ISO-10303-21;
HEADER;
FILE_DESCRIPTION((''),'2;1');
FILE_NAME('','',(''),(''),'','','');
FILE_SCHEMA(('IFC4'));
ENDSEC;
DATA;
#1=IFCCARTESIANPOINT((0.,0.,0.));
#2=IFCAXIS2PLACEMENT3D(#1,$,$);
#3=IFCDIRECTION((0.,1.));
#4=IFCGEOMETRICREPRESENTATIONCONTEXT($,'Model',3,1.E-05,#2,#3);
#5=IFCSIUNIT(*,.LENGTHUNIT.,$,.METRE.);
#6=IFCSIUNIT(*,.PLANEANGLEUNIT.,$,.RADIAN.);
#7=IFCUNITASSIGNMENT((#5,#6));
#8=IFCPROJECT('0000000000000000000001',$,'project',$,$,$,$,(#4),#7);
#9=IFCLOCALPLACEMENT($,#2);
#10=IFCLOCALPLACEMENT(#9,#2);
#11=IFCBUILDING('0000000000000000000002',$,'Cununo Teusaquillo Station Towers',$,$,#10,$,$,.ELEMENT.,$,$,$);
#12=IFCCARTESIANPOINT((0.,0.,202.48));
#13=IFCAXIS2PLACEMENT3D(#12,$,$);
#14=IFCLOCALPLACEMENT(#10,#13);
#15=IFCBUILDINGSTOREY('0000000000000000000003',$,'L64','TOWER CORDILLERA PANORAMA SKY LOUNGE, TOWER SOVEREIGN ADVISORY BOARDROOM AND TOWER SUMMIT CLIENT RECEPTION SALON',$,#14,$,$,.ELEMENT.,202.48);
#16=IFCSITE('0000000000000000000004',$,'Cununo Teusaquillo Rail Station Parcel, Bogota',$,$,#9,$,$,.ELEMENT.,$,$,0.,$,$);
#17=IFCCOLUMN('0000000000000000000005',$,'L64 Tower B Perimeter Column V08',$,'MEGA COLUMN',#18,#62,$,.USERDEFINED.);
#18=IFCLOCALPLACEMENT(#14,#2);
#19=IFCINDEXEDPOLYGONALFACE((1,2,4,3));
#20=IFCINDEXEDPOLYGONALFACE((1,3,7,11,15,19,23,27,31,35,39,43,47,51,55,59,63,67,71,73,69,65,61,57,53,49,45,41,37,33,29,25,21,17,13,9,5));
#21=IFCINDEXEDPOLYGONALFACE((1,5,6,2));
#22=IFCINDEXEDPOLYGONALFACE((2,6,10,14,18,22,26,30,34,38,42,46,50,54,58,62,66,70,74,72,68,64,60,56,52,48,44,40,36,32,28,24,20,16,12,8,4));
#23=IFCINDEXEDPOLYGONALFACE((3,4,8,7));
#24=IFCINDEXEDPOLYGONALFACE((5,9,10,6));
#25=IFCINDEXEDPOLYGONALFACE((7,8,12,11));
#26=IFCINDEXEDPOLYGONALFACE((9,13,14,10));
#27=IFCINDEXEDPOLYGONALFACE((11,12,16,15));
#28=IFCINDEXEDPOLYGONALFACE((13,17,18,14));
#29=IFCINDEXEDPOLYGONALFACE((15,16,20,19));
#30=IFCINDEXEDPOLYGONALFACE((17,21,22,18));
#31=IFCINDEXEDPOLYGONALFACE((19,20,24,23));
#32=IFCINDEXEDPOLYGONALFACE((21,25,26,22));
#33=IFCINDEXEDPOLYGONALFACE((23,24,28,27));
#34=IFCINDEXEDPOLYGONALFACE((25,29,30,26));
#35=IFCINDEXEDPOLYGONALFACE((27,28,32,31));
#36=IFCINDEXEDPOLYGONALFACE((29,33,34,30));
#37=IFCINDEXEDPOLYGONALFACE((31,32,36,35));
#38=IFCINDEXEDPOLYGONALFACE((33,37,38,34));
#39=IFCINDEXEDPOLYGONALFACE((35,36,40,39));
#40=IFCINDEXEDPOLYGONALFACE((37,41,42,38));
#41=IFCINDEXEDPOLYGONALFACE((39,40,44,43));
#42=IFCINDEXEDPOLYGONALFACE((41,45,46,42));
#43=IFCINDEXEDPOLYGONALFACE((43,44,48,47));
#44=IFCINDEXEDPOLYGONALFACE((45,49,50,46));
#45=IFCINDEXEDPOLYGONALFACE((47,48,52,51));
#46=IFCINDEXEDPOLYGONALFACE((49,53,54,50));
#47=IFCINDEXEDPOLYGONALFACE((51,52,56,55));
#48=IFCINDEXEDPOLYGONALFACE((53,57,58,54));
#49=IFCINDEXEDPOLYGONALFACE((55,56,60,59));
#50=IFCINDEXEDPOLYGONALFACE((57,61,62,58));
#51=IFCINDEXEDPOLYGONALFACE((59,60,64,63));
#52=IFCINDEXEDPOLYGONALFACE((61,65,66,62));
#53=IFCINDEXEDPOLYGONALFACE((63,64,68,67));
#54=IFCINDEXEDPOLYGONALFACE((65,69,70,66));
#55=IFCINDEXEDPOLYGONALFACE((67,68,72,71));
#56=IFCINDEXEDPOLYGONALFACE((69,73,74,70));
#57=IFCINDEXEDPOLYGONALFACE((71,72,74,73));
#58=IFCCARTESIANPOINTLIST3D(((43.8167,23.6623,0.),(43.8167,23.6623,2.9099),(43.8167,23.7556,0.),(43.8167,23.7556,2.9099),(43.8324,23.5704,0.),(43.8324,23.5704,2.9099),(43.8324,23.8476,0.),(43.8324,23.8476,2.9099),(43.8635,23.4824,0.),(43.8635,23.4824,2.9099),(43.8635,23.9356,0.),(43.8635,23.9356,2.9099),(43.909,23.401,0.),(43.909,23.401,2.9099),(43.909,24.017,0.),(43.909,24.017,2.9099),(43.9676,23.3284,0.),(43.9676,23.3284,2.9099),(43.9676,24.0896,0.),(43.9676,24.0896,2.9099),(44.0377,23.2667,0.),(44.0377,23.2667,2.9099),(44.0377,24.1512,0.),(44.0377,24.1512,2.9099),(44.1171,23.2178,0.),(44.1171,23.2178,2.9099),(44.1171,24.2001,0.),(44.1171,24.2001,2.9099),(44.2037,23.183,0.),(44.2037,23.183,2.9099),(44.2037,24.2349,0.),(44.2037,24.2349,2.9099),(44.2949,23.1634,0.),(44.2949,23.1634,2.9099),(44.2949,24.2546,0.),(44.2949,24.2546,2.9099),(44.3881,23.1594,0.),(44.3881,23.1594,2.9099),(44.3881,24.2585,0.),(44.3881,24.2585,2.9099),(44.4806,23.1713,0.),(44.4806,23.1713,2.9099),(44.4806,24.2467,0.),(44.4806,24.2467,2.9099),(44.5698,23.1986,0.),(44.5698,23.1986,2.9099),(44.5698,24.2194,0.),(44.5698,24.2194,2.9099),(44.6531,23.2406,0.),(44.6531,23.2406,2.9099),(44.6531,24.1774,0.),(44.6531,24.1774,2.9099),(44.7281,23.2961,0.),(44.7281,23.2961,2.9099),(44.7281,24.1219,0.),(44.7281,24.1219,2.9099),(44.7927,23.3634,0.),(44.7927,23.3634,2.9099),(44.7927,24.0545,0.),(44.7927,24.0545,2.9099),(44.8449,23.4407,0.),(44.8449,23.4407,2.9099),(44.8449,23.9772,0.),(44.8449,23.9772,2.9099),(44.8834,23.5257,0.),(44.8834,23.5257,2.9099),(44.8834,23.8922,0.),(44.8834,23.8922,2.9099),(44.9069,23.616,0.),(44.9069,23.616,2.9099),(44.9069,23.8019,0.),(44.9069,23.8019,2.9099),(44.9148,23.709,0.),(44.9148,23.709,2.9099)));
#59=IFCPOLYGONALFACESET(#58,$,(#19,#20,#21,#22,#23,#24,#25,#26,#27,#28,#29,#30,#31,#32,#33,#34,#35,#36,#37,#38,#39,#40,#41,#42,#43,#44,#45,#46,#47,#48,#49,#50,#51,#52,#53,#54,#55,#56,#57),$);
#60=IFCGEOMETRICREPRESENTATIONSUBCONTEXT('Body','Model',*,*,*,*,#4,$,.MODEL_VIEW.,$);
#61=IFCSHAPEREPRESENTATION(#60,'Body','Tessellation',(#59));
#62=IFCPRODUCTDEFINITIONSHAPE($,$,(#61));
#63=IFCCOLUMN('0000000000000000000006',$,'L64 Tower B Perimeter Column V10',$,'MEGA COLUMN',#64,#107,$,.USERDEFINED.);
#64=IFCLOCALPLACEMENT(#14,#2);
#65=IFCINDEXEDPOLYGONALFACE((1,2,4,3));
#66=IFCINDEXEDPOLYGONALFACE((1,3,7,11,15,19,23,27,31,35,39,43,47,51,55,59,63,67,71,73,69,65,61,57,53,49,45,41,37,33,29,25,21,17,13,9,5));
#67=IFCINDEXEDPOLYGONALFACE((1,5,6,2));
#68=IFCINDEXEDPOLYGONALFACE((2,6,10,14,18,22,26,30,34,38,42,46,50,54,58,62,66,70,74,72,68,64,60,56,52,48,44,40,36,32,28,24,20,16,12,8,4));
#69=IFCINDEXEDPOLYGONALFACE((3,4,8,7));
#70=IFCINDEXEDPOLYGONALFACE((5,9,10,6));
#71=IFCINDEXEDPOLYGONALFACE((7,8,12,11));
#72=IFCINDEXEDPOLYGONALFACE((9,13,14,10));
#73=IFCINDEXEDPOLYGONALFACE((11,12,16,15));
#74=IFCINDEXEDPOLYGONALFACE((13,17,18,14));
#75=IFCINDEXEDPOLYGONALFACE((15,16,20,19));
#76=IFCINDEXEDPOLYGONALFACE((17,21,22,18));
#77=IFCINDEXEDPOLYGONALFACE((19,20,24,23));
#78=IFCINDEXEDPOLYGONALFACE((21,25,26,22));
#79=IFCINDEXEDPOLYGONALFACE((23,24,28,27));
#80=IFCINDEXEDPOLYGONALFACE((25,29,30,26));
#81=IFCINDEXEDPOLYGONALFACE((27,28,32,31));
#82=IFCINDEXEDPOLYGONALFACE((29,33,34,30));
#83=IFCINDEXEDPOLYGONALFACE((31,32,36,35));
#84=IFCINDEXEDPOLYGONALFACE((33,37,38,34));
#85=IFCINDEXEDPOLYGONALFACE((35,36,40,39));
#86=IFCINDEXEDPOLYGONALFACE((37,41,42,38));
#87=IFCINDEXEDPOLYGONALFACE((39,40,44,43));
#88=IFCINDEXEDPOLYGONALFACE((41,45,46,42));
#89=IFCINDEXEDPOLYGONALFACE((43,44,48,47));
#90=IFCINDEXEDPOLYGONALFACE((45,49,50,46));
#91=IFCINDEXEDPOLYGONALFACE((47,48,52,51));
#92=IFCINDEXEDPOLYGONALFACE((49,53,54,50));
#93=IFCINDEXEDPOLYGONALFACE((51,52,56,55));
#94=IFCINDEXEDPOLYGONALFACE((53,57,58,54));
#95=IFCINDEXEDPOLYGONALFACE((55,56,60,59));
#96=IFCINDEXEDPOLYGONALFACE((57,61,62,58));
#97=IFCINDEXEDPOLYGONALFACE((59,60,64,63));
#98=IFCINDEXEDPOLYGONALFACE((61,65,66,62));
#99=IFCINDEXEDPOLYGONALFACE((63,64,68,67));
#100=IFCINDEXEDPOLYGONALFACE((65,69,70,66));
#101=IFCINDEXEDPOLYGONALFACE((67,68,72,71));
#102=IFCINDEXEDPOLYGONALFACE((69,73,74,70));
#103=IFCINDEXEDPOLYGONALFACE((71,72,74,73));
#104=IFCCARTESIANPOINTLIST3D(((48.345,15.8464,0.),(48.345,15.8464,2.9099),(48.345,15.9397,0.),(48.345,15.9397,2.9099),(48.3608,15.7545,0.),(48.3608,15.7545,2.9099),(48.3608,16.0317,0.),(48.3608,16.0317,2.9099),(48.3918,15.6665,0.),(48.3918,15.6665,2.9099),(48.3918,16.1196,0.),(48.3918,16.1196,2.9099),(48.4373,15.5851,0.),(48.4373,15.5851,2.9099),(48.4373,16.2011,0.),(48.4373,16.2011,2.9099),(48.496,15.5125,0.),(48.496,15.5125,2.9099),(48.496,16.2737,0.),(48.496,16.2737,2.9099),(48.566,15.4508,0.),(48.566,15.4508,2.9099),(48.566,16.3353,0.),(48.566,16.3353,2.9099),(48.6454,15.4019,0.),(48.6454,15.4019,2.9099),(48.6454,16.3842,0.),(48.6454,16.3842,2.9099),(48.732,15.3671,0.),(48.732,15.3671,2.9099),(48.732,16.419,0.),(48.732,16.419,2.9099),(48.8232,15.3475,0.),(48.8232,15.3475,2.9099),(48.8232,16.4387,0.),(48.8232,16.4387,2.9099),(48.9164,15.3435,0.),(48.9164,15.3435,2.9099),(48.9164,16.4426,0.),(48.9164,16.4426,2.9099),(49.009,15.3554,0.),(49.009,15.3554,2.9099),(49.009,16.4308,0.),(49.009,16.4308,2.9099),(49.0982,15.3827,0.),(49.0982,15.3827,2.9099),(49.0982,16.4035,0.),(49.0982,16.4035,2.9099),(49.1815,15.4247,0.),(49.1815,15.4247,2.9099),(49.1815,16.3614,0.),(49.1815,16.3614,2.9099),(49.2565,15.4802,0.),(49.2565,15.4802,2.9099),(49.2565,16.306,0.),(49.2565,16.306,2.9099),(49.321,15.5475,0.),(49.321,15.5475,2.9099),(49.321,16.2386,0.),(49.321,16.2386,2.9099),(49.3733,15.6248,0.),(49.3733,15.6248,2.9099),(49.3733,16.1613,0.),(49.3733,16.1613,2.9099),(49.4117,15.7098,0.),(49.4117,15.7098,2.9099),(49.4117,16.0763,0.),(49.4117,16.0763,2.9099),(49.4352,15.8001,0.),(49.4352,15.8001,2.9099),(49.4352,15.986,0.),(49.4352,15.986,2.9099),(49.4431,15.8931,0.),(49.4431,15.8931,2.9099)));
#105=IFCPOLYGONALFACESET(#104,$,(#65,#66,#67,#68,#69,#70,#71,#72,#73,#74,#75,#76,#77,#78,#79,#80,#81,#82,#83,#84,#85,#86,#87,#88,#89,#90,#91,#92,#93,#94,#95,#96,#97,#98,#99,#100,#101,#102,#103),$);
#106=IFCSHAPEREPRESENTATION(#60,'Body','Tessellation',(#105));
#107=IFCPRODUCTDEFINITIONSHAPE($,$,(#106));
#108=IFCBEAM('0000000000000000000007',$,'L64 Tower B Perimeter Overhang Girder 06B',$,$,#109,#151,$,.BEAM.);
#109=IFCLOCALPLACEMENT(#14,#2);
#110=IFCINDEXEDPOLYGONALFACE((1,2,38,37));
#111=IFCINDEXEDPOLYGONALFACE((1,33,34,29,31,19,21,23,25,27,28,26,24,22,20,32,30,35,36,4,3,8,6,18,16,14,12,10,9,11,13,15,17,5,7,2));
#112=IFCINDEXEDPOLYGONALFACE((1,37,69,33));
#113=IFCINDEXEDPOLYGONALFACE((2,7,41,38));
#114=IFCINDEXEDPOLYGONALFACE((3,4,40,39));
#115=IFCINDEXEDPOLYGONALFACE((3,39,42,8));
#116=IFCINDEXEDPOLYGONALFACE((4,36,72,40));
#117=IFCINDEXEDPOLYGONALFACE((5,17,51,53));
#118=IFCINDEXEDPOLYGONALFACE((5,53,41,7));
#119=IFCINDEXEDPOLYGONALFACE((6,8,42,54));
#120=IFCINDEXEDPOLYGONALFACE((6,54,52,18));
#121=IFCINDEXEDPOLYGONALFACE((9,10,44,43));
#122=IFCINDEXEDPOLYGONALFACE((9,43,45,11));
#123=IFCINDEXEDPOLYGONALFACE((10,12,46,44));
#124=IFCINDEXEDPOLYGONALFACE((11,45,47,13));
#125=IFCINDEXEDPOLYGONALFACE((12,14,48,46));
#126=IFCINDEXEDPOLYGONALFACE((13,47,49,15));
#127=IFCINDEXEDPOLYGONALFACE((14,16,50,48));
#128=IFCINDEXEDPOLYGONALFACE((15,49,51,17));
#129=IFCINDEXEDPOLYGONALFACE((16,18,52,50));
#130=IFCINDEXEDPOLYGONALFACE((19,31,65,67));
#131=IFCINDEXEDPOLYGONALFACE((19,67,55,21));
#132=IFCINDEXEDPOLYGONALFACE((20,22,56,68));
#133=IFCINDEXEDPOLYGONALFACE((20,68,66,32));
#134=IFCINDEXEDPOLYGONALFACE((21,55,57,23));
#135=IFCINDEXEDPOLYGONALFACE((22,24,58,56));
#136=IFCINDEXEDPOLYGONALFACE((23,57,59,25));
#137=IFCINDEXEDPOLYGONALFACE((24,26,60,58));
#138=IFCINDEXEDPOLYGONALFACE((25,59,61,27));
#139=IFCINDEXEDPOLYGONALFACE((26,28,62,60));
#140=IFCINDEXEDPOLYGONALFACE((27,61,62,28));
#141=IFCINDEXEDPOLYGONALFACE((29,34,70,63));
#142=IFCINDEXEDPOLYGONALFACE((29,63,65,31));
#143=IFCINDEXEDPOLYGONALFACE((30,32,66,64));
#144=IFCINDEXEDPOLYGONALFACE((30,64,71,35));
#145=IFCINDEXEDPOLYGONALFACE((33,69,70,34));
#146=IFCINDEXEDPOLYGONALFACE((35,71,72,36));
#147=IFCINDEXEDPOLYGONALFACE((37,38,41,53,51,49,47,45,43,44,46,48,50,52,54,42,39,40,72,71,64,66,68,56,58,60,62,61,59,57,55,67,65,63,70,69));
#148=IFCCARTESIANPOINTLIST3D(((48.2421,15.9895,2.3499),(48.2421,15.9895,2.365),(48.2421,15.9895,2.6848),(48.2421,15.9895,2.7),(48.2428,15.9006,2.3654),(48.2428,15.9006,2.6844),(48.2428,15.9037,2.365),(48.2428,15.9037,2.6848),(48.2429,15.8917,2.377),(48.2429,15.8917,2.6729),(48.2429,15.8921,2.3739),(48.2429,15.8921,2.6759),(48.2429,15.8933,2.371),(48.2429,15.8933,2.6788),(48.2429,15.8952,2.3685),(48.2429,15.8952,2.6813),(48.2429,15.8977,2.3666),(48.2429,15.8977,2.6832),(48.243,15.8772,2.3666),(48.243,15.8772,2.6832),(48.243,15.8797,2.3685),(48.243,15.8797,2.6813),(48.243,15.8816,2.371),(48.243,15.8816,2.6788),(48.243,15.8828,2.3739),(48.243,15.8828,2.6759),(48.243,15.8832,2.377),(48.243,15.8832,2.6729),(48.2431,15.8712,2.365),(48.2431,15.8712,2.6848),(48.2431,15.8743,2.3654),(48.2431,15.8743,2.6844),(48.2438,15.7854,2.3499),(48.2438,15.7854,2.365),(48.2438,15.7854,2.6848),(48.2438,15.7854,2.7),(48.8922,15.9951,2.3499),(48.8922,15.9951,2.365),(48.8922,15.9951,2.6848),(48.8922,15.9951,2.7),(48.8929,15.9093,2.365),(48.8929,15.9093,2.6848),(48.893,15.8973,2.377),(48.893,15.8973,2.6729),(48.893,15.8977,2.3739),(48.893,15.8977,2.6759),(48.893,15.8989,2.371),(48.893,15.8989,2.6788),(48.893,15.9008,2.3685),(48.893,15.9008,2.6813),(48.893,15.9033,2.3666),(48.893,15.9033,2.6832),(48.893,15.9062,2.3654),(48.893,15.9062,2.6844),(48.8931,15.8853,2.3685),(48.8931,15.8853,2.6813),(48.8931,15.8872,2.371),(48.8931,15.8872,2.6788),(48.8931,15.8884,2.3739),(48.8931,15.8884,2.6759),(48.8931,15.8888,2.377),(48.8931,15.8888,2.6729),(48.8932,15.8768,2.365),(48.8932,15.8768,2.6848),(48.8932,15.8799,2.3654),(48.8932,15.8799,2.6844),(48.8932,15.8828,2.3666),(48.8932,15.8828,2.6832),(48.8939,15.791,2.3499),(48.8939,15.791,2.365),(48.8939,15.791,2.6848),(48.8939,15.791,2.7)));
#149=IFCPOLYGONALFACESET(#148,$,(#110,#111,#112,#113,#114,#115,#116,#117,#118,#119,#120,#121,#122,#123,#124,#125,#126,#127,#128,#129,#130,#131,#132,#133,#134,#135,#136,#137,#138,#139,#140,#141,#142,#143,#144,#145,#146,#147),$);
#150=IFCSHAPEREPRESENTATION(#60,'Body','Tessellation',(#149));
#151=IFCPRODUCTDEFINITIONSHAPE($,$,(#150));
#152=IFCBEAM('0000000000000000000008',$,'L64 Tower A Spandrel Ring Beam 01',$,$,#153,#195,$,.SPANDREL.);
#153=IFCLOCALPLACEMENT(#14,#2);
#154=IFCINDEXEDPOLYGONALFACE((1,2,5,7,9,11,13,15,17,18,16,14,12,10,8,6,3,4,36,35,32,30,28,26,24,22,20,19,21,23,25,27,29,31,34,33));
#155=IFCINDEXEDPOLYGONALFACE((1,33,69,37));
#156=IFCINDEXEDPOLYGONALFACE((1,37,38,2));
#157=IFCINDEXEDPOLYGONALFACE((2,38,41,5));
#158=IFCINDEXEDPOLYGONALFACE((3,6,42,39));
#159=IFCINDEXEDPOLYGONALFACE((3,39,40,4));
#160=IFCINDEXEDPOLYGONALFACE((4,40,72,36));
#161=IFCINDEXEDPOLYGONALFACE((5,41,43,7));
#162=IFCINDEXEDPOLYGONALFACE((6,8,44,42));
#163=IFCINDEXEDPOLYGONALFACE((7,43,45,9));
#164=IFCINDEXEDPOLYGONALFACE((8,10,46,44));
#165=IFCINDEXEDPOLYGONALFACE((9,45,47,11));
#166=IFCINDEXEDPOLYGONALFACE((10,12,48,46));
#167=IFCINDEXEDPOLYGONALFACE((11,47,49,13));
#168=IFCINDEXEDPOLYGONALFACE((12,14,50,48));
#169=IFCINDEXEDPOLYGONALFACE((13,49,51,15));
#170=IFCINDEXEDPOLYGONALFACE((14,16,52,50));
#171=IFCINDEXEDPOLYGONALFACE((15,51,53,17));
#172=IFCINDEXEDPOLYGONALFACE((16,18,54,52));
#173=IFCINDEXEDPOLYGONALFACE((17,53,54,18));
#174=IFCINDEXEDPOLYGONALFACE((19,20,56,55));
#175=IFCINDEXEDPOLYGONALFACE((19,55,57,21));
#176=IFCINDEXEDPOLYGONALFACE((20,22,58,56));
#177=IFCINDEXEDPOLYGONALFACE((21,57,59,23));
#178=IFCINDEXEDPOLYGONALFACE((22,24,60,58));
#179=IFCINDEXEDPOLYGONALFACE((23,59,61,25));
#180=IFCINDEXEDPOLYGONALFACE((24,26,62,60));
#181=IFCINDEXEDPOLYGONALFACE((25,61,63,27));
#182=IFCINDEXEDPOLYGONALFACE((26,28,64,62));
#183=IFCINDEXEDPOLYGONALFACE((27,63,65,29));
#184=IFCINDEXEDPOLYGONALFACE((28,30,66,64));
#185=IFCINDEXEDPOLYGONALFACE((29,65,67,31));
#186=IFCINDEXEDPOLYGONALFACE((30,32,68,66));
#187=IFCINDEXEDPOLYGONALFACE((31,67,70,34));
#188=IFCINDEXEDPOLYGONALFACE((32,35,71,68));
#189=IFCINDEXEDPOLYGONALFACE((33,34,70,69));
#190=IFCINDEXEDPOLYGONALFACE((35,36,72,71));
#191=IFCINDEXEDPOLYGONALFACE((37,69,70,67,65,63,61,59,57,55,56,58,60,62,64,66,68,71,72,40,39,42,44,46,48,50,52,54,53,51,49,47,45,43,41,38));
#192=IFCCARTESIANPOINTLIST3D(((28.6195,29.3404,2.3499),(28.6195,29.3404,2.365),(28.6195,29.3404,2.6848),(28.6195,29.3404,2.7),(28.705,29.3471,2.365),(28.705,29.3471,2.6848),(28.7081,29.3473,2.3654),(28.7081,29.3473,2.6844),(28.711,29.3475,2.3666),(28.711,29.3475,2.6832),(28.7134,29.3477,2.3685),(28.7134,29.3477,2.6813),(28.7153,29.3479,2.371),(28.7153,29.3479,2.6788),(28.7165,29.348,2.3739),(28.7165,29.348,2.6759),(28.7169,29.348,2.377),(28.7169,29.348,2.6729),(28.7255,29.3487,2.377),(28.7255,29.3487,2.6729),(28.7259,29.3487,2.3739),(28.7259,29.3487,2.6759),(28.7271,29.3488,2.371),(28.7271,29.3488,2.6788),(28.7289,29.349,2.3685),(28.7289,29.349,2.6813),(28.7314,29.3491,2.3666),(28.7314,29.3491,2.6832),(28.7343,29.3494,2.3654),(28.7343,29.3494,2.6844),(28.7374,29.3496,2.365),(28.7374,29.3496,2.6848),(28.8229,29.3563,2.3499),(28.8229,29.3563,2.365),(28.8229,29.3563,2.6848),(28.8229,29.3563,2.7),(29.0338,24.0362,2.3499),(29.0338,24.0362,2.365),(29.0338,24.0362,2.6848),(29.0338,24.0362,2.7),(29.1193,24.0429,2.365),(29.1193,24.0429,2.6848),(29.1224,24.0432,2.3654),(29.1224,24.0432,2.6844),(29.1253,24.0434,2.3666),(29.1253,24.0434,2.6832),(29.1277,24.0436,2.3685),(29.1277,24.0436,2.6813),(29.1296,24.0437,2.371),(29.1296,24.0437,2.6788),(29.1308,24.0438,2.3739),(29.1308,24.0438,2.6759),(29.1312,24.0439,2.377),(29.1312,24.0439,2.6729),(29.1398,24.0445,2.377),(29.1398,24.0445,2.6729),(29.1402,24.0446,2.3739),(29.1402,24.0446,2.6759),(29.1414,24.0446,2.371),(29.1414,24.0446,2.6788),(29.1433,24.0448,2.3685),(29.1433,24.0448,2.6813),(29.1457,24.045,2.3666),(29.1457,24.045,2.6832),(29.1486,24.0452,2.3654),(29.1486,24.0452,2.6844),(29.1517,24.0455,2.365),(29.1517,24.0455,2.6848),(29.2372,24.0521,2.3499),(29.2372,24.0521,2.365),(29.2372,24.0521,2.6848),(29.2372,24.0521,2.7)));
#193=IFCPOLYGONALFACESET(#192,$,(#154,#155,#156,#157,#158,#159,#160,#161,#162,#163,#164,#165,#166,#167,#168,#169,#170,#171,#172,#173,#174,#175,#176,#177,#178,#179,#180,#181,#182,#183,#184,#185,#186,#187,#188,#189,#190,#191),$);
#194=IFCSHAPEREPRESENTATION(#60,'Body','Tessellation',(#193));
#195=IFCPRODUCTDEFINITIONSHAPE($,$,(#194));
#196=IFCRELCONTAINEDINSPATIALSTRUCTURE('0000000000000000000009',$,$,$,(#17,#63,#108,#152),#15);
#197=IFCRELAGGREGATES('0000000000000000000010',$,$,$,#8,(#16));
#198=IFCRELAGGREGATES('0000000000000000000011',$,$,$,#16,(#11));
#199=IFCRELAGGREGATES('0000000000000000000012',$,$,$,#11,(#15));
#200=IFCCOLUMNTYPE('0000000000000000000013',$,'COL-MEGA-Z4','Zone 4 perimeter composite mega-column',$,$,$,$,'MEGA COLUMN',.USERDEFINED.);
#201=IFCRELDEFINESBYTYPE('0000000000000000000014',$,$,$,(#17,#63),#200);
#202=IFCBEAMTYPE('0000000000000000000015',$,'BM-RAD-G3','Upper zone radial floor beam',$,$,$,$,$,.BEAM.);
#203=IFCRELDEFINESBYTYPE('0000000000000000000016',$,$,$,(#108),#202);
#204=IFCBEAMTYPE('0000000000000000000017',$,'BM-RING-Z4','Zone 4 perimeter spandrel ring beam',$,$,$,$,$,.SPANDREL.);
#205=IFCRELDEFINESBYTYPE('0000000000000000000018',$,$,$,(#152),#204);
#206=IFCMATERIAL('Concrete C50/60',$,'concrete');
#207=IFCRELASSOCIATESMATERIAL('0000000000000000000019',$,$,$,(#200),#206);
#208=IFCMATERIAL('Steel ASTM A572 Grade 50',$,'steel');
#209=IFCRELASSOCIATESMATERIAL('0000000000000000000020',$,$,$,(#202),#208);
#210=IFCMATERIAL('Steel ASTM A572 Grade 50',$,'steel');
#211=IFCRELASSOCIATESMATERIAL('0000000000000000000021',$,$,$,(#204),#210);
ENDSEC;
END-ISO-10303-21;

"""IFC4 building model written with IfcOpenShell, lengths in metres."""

from ifc_helpers import new_model, si_unit, direction, frame, origin, origin_2d, place, context, subcontext, project, spatial, circle, i_section, extrude, material, material_profile, profile_set, type_object, element, save


model = new_model("IFC4")

# Units and contexts
model_context = context("Model", 3, precision=1e-05, world=origin(), true_north=direction((0.0, 1.0)))
body_context = subcontext(model_context, "Body", "Model", "MODEL_VIEW")
ifc_project = project(units=[si_unit("LENGTHUNIT", "METRE"), si_unit("PLANEANGLEUNIT", "RADIAN")], contexts=[model_context])

# Site, building, storey
site_placement = place(None, origin())
site = spatial("IfcSite", under=ifc_project, at=site_placement, Name="Cununo Teusaquillo Rail Station Parcel, Bogota", CompositionType="ELEMENT", RefElevation=0.0)
building_placement = place(site_placement, origin())
building = spatial("IfcBuilding", under=site, at=building_placement, Name="Cununo Teusaquillo Station Towers", CompositionType="ELEMENT")
storey_placement = place(building_placement, frame((0.0, 0.0, 202.48)))
storey = spatial("IfcBuildingStorey", under=building, at=storey_placement, Name="L64", Description="TOWER CORDILLERA PANORAMA SKY LOUNGE, TOWER SOVEREIGN ADVISORY BOARDROOM AND TOWER SUMMIT CLIENT RECEPTION SALON", CompositionType="ELEMENT", Elevation=202.48)

# Columns
ifc_material_1 = material(Name="Concrete C50/60", Category="concrete")
ifc_material_profile_1 = material_profile(ifc_material_1, circle(Radius=0.55, at=origin_2d()), Name="RC-CIRC-1100")
ifc_profile_set_1 = profile_set([ifc_material_profile_1], Name="Concrete C50/60")
column_type = type_object("IfcColumnType", Name="COL-MEGA-Z4", Description="Zone 4 perimeter composite mega-column", ElementType="MEGA COLUMN", PredefinedType="USERDEFINED", material=ifc_profile_set_1)
for number, where, z_axis, x_axis, name in (
    (1, (44.3647, 23.709, 0.0), (0.0, 0.0, 1.0), (1.0, 0.0, 0.0), "L64 Tower B Perimeter Column V08"),
    (2, (48.8931, 15.8931, 0.0), (0.0, 0.0, 1.0), (1.0, 0.0, 0.0), "L64 Tower B Perimeter Column V10"),
):
    element("IfcColumn", number, at=place(storey_placement, frame(where, z_axis=z_axis, x_axis=x_axis)), inside=storey, type_object=column_type, Name=name, ObjectType="MEGA COLUMN", PredefinedType="USERDEFINED", context=body_context, shape_type="SweptSolid", body=[
        extrude(circle(Radius=0.55, at=origin_2d()), origin(), (0.0, 0.0, 1.0), 2.9099),
    ])

# Beams
ifc_material_2 = material(Name="Steel ASTM A572 Grade 50", Category="steel")
ifc_material_profile_2 = material_profile(ifc_material_2, i_section(OverallWidth=0.2041, OverallDepth=0.3501, WebThickness=0.0085, FlangeThickness=0.0151, FilletRadius=0.012, at=origin_2d()), Name="W14X48")
ifc_profile_set_2 = profile_set([ifc_material_profile_2], Name="Steel ASTM A572 Grade 50")
beam_type_1 = type_object("IfcBeamType", Name="BM-RAD-G3", Description="Upper zone radial floor beam", PredefinedType="BEAM", material=ifc_profile_set_2)
beam_1_placement = place(storey_placement, frame((48.8931, 15.8931, 2.5249), z_axis=(-0.999963, -0.008637, 0.0), x_axis=(0.008637, -0.999963, 0.0)))
element("IfcBeam", 3, at=beam_1_placement, inside=storey, type_object=beam_type_1, Name="L64 Tower B Perimeter Overhang Girder 06B", PredefinedType="BEAM", context=body_context, shape_type="SweptSolid", body=[
    extrude(i_section(OverallWidth=0.2041, OverallDepth=0.3501, WebThickness=0.0085, FlangeThickness=0.0151, FilletRadius=0.012, at=origin_2d()), origin(), (0.0, 0.0, 1.0), 0.6501),
])
ifc_material_3 = material(Name="Steel ASTM A572 Grade 50", Category="steel")
ifc_material_profile_3 = material_profile(ifc_material_3, i_section(OverallWidth=0.2041, OverallDepth=0.3501, WebThickness=0.0085, FlangeThickness=0.0151, FilletRadius=0.012, at=origin_2d()), Name="W14X48")
ifc_profile_set_3 = profile_set([ifc_material_profile_3], Name="Steel ASTM A572 Grade 50")
beam_type_2 = type_object("IfcBeamType", Name="BM-RING-Z4", Description="Zone 4 perimeter spandrel ring beam", PredefinedType="SPANDREL", material=ifc_profile_set_3)
beam_2_placement = place(storey_placement, frame((29.1355, 24.0442, 2.5249), z_axis=(-0.077872, 0.996963, 0.0), x_axis=(-0.996963, -0.077872, 0.0)))
element("IfcBeam", 4, at=beam_2_placement, inside=storey, type_object=beam_type_2, Name="L64 Tower A Spandrel Ring Beam 01", PredefinedType="SPANDREL", context=body_context, shape_type="SweptSolid", body=[
    extrude(i_section(OverallWidth=0.2041, OverallDepth=0.3501, WebThickness=0.0085, FlangeThickness=0.0151, FilletRadius=0.012, at=origin_2d()), origin(), (0.0, 0.0, 1.0), 5.3203),
])

save(model, "model.ifc")
